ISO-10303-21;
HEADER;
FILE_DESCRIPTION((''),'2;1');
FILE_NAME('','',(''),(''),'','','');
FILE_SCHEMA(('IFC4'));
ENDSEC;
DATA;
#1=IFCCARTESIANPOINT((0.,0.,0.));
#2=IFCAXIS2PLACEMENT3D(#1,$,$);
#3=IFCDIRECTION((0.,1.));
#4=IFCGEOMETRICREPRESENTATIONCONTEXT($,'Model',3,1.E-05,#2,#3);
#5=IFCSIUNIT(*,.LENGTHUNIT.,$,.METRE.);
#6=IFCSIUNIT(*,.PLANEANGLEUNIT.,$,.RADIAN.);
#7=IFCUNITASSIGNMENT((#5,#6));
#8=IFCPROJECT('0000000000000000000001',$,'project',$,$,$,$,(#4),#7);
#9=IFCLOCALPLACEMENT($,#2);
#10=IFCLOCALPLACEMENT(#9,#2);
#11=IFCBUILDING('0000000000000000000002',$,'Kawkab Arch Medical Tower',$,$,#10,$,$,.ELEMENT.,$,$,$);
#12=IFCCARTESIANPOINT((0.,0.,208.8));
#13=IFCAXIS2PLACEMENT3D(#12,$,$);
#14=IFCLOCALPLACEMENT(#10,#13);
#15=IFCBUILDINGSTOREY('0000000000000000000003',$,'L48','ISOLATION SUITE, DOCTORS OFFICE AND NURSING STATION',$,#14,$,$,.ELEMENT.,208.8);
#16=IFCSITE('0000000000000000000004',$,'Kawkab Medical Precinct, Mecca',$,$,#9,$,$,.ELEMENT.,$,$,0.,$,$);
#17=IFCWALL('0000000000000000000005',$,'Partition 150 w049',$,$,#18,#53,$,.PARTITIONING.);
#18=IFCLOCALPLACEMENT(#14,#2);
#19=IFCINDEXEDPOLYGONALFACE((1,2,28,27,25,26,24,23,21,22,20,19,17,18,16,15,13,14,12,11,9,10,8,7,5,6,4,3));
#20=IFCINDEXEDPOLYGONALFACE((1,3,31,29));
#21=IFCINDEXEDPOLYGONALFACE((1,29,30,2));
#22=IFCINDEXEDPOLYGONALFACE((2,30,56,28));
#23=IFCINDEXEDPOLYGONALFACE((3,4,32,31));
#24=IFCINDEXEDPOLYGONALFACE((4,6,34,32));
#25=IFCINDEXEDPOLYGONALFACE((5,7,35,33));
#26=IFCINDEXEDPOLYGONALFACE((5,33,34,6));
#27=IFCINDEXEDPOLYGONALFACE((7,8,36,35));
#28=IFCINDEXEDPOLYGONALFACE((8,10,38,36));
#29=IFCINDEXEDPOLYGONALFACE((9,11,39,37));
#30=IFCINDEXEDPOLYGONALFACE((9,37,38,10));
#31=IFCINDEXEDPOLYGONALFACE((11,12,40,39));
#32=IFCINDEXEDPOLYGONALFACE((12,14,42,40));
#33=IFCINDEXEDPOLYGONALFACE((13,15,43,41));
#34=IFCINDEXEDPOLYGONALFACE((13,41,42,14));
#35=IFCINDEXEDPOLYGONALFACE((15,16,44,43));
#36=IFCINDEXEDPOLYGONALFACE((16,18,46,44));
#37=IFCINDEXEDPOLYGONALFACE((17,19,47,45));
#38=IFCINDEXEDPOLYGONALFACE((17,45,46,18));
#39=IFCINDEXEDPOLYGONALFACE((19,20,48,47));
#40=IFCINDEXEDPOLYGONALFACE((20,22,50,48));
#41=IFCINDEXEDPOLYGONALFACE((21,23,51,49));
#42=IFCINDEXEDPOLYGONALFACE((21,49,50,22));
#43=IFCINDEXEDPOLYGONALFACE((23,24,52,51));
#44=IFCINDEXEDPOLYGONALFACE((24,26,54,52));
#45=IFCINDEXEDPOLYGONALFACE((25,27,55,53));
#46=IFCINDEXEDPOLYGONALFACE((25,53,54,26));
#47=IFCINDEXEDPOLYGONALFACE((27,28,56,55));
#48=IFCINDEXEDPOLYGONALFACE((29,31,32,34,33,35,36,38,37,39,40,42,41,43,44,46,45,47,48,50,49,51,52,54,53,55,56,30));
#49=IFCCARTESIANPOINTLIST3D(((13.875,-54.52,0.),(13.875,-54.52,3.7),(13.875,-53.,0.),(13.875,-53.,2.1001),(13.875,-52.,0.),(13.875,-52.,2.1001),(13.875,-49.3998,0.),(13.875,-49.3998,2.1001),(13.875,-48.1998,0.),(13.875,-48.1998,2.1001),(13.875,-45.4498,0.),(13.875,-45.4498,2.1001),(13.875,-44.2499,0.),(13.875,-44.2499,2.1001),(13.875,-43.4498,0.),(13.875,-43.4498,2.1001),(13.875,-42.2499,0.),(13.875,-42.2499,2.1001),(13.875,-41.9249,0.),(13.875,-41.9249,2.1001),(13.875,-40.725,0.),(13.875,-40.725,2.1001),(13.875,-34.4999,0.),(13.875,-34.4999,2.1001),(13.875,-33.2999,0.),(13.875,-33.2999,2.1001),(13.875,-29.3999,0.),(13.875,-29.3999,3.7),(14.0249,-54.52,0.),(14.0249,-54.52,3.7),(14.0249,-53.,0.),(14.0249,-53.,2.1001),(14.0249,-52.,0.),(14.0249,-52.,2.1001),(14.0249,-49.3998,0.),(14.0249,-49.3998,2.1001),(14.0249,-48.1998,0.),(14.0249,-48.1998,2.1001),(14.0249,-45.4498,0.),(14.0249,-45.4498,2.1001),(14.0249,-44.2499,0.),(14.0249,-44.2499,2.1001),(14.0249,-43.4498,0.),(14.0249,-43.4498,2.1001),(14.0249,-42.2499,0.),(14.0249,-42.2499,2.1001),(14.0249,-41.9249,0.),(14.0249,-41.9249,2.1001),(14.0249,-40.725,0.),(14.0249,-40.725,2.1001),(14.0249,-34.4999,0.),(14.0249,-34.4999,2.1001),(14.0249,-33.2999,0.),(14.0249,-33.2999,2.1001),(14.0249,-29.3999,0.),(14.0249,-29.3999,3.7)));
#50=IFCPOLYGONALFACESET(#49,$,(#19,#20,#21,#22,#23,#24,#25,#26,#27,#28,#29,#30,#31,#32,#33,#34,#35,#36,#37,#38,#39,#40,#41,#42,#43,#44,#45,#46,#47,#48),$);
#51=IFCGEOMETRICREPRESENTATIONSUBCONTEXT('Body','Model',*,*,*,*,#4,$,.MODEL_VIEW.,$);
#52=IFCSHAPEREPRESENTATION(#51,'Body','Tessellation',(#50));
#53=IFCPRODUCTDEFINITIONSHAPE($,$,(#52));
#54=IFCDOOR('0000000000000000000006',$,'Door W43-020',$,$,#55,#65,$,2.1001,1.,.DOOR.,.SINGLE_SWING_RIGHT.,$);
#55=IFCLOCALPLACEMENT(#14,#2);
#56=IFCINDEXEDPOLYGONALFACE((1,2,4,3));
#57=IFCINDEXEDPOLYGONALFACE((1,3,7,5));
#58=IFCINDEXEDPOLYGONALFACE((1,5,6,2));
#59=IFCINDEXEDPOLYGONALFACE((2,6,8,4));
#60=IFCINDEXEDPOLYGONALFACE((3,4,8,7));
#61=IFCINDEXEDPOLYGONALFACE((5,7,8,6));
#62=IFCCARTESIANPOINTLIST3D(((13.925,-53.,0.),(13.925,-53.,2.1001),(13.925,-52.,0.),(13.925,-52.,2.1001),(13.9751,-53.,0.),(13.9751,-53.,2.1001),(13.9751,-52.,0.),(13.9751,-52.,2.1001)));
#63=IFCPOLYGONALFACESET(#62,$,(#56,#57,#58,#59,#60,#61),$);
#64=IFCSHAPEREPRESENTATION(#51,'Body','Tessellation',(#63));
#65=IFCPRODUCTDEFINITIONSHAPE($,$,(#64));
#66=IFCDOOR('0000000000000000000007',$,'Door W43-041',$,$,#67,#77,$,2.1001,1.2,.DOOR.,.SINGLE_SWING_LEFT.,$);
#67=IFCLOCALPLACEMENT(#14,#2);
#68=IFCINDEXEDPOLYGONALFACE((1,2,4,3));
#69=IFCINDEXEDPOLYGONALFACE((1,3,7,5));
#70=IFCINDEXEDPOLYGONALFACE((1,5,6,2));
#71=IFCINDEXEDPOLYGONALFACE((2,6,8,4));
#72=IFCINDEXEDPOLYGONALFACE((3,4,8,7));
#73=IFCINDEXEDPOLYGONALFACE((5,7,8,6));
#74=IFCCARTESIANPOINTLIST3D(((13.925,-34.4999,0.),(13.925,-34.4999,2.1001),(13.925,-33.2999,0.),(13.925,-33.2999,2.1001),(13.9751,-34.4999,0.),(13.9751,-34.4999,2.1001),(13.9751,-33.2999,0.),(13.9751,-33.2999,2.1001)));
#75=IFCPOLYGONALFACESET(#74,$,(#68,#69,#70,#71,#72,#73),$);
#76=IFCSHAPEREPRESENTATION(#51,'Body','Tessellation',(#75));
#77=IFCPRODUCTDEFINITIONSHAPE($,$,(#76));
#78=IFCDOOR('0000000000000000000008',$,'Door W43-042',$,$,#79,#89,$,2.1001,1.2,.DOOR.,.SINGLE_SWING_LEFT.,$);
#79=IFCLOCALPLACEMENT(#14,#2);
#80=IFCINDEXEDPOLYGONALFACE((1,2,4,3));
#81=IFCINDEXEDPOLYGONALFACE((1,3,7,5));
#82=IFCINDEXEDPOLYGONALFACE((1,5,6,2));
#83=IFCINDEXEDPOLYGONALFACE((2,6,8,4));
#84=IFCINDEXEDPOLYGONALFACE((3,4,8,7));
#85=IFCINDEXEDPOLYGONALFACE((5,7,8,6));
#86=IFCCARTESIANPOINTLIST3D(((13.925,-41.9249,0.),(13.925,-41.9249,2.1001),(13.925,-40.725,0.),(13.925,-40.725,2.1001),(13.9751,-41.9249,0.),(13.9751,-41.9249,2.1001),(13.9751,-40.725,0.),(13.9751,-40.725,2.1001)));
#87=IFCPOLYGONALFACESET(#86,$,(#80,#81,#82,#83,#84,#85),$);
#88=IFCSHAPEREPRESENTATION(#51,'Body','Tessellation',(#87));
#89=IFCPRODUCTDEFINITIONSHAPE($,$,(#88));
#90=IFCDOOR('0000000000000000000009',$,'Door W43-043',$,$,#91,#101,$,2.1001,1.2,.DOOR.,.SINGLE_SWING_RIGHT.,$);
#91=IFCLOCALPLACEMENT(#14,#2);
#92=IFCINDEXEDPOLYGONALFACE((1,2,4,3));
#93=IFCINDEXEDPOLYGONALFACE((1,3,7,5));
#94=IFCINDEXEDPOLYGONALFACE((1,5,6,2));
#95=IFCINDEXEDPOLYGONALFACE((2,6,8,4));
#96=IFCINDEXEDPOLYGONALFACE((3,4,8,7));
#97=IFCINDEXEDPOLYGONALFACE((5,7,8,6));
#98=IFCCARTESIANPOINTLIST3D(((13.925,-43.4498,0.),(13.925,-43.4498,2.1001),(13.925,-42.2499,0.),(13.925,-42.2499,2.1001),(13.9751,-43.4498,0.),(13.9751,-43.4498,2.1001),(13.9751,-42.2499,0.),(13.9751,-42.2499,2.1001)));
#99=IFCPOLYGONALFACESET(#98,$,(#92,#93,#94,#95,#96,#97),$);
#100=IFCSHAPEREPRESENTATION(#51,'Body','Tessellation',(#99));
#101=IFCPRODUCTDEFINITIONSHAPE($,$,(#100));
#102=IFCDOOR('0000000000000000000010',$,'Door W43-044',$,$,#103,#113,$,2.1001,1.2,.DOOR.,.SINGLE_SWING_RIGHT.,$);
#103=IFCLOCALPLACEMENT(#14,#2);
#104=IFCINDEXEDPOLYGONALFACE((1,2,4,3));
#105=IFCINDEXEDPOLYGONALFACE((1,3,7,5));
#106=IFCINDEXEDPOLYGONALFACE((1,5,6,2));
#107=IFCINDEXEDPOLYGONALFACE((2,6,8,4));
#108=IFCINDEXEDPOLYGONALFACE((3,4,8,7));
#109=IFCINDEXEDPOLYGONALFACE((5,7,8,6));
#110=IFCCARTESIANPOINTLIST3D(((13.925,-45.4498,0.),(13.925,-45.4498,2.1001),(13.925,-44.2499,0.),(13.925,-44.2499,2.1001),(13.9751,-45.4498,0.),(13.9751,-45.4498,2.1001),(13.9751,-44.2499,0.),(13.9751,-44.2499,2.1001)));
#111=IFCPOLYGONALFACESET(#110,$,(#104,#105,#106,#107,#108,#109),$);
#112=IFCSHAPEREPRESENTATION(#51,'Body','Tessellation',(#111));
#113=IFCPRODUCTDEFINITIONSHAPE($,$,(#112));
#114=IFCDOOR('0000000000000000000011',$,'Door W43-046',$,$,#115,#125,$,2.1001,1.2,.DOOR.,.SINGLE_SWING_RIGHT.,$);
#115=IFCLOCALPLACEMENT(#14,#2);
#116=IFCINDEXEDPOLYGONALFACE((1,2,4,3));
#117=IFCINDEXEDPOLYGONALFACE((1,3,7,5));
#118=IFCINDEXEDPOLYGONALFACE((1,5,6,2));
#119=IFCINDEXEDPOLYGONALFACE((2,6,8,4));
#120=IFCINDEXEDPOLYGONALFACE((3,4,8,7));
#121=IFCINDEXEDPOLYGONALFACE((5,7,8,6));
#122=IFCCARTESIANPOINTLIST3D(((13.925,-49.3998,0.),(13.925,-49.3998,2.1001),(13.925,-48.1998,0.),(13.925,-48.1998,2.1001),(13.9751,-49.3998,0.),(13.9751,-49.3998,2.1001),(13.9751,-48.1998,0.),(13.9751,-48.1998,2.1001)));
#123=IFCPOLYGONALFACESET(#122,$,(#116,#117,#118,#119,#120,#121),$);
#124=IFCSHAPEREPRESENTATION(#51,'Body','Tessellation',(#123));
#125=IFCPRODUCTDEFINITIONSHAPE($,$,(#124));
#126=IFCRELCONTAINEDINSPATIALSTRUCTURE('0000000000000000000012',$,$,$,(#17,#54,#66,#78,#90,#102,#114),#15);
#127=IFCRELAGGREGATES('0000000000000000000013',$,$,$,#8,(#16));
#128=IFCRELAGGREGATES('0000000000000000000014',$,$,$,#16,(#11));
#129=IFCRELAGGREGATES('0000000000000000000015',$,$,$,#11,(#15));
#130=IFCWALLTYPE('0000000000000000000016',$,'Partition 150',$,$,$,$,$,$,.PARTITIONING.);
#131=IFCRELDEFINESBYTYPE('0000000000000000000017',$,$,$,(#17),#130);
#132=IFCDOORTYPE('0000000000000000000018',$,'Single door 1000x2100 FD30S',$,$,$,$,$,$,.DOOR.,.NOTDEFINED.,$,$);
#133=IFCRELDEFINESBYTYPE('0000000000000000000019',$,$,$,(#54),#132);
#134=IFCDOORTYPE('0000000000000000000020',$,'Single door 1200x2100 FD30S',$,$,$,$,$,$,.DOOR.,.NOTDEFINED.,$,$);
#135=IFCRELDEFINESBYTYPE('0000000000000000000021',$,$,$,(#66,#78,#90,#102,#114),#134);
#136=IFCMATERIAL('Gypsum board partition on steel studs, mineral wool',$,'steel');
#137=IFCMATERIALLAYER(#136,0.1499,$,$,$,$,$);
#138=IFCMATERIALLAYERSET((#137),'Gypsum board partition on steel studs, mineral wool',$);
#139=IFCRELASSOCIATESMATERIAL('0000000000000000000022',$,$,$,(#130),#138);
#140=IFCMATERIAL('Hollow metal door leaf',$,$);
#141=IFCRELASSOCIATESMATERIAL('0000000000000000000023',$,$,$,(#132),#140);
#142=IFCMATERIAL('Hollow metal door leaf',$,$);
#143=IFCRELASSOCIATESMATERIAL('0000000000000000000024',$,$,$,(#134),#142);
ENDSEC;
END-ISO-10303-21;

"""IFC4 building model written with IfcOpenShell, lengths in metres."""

from ifc_helpers import new_model, si_unit, direction, frame, frame_2d, origin, place, context, subcontext, project, spatial, rectangle, extrude, material, layer, layer_set, type_object, element, fill, save


model = new_model("IFC4")

# Units and contexts
model_context = context("Model", 3, precision=1e-05, world=origin(), true_north=direction((0.0, 1.0)))
body_context = subcontext(model_context, "Body", "Model", "MODEL_VIEW")
ifc_project = project(units=[si_unit("LENGTHUNIT", "METRE"), si_unit("PLANEANGLEUNIT", "RADIAN")], contexts=[model_context])

# Site, building, storey
site_placement = place(None, origin())
site = spatial("IfcSite", under=ifc_project, at=site_placement, Name="Kawkab Medical Precinct, Mecca", CompositionType="ELEMENT", RefElevation=0.0)
building_placement = place(site_placement, origin())
building = spatial("IfcBuilding", under=site, at=building_placement, Name="Kawkab Arch Medical Tower", CompositionType="ELEMENT")
storey_placement = place(building_placement, frame((0.0, 0.0, 208.8)))
storey = spatial("IfcBuildingStorey", under=building, at=storey_placement, Name="L48", Description="ISOLATION SUITE, DOCTORS OFFICE AND NURSING STATION", CompositionType="ELEMENT", Elevation=208.8)

# Shared definitions
ifc_material_1 = material(Name="Gypsum board partition on steel studs, mineral wool", Category="steel")
ifc_layer_1 = layer(ifc_material_1, 0.1499)
ifc_layer_set_1 = layer_set([ifc_layer_1], Name="Gypsum board partition on steel studs, mineral wool")
wall_type_1 = type_object("IfcWallType", Name="Partition 150", PredefinedType="PARTITIONING", material=ifc_layer_set_1)

# Wall, openings, doors
wall_1_placement = place(storey_placement, frame((13.95, -54.52, 0.0), z_axis=(0.0, 0.0, 1.0), x_axis=(0.0, 1.0, 0.0)))
wall_1 = element("IfcWall", 1, at=wall_1_placement, inside=storey, type_object=wall_type_1, Name="Partition 150 w049", PredefinedType="PARTITIONING", context=body_context, shape_type="SweptSolid", body=[
    extrude(rectangle(XDim=25.1201, YDim=0.1499, at=frame_2d((12.5601, 0.0))), origin(), (0.0, 0.0, 1.0), 3.7),
])
opening_1_placement = place(wall_1_placement, frame((20.02, 0.0, 0.0)))
opening_1 = element("IfcOpeningElement", 2, at=opening_1_placement, cuts=wall_1, PredefinedType="OPENING", context=body_context, shape_type="SweptSolid", body=[
    extrude(rectangle(XDim=1.2, YDim=2.1001, at=frame_2d((0.6001, 1.05))), frame((0.0, 0.085, 0.0), z_axis=(0.0, -1.0, 0.0), x_axis=(1.0, 0.0, 0.0)), (0.0, 0.0, 1.0), 0.1699),
])
opening_2_placement = place(wall_1_placement, frame((12.595, 0.0, 0.0)))
opening_2 = element("IfcOpeningElement", 3, at=opening_2_placement, cuts=wall_1, PredefinedType="OPENING", context=body_context, shape_type="SweptSolid", body=[
    extrude(rectangle(XDim=1.2, YDim=2.1001, at=frame_2d((0.6001, 1.05))), frame((0.0, 0.085, 0.0), z_axis=(0.0, -1.0, 0.0), x_axis=(1.0, 0.0, 0.0)), (0.0, 0.0, 1.0), 0.1699),
])
opening_3_placement = place(wall_1_placement, frame((11.0701, 0.0, 0.0)))
opening_3 = element("IfcOpeningElement", 4, at=opening_3_placement, cuts=wall_1, PredefinedType="OPENING", context=body_context, shape_type="SweptSolid", body=[
    extrude(rectangle(XDim=1.2, YDim=2.1001, at=frame_2d((0.6001, 1.05))), frame((0.0, 0.085, 0.0), z_axis=(0.0, -1.0, 0.0), x_axis=(1.0, 0.0, 0.0)), (0.0, 0.0, 1.0), 0.1699),
])
opening_4_placement = place(wall_1_placement, frame((9.0701, 0.0, 0.0)))
opening_4 = element("IfcOpeningElement", 5, at=opening_4_placement, cuts=wall_1, PredefinedType="OPENING", context=body_context, shape_type="SweptSolid", body=[
    extrude(rectangle(XDim=1.2, YDim=2.1001, at=frame_2d((0.6001, 1.05))), frame((0.0, 0.085, 0.0), z_axis=(0.0, -1.0, 0.0), x_axis=(1.0, 0.0, 0.0)), (0.0, 0.0, 1.0), 0.1699),
])
opening_5_placement = place(wall_1_placement, frame((5.1201, 0.0, 0.0)))
opening_5 = element("IfcOpeningElement", 6, at=opening_5_placement, cuts=wall_1, PredefinedType="OPENING", context=body_context, shape_type="SweptSolid", body=[
    extrude(rectangle(XDim=1.2, YDim=2.1001, at=frame_2d((0.6001, 1.05))), frame((0.0, 0.085, 0.0), z_axis=(0.0, -1.0, 0.0), x_axis=(1.0, 0.0, 0.0)), (0.0, 0.0, 1.0), 0.1699),
])
opening_6_placement = place(wall_1_placement, frame((1.52, 0.0, 0.0)))
opening_6 = element("IfcOpeningElement", 7, at=opening_6_placement, cuts=wall_1, PredefinedType="OPENING", context=body_context, shape_type="SweptSolid", body=[
    extrude(rectangle(XDim=1.0, YDim=2.1001, at=frame_2d((0.5, 1.05))), frame((0.0, 0.085, 0.0), z_axis=(0.0, -1.0, 0.0), x_axis=(1.0, 0.0, 0.0)), (0.0, 0.0, 1.0), 0.1699),
])
ifc_material_2 = material(Name="Hollow metal door leaf")
door_type_1 = type_object("IfcDoorType", Name="Single door 1000x2100 FD30S", OperationType="NOTDEFINED", PredefinedType="DOOR", material=ifc_material_2)
door_1_placement = place(opening_6_placement, origin())
door_1 = element("IfcDoor", 8, at=door_1_placement, inside=storey, type_object=door_type_1, Name="Door W43-020", OperationType="SINGLE_SWING_RIGHT", OverallHeight=2.1001, OverallWidth=1.0, PredefinedType="DOOR", context=body_context, shape_type="SweptSolid", body=[
    extrude(rectangle(XDim=1.0, YDim=2.1001, at=frame_2d((0.5, 1.05))), frame((0.0, 0.0249, 0.0), z_axis=(0.0, -1.0, 0.0), x_axis=(1.0, 0.0, 0.0)), (0.0, 0.0, 1.0), 0.05),
])
fill(opening_6, door_1)
ifc_material_3 = material(Name="Hollow metal door leaf")
door_type_2 = type_object("IfcDoorType", Name="Single door 1200x2100 FD30S", OperationType="NOTDEFINED", PredefinedType="DOOR", material=ifc_material_3)
door_2_placement = place(opening_1_placement, origin())
door_2 = element("IfcDoor", 9, at=door_2_placement, inside=storey, type_object=door_type_2, Name="Door W43-041", OperationType="SINGLE_SWING_LEFT", OverallHeight=2.1001, OverallWidth=1.2, PredefinedType="DOOR", context=body_context, shape_type="SweptSolid", body=[
    extrude(rectangle(XDim=1.2, YDim=2.1001, at=frame_2d((0.6001, 1.05))), frame((0.0, 0.0249, 0.0), z_axis=(0.0, -1.0, 0.0), x_axis=(1.0, 0.0, 0.0)), (0.0, 0.0, 1.0), 0.05),
])
fill(opening_1, door_2)
door_3_placement = place(opening_2_placement, origin())
door_3 = element("IfcDoor", 10, at=door_3_placement, inside=storey, type_object=door_type_2, Name="Door W43-042", OperationType="SINGLE_SWING_LEFT", OverallHeight=2.1001, OverallWidth=1.2, PredefinedType="DOOR", context=body_context, shape_type="SweptSolid", body=[
    extrude(rectangle(XDim=1.2, YDim=2.1001, at=frame_2d((0.6001, 1.05))), frame((0.0, 0.0249, 0.0), z_axis=(0.0, -1.0, 0.0), x_axis=(1.0, 0.0, 0.0)), (0.0, 0.0, 1.0), 0.05),
])
fill(opening_2, door_3)
door_4_placement = place(opening_3_placement, origin())
door_4 = element("IfcDoor", 11, at=door_4_placement, inside=storey, type_object=door_type_2, Name="Door W43-043", OperationType="SINGLE_SWING_RIGHT", OverallHeight=2.1001, OverallWidth=1.2, PredefinedType="DOOR", context=body_context, shape_type="SweptSolid", body=[
    extrude(rectangle(XDim=1.2, YDim=2.1001, at=frame_2d((0.6001, 1.05))), frame((0.0, 0.0249, 0.0), z_axis=(0.0, -1.0, 0.0), x_axis=(1.0, 0.0, 0.0)), (0.0, 0.0, 1.0), 0.05),
])
fill(opening_3, door_4)
door_5_placement = place(opening_4_placement, origin())
door_5 = element("IfcDoor", 12, at=door_5_placement, inside=storey, type_object=door_type_2, Name="Door W43-044", OperationType="SINGLE_SWING_RIGHT", OverallHeight=2.1001, OverallWidth=1.2, PredefinedType="DOOR", context=body_context, shape_type="SweptSolid", body=[
    extrude(rectangle(XDim=1.2, YDim=2.1001, at=frame_2d((0.6001, 1.05))), frame((0.0, 0.0249, 0.0), z_axis=(0.0, -1.0, 0.0), x_axis=(1.0, 0.0, 0.0)), (0.0, 0.0, 1.0), 0.05),
])
fill(opening_4, door_5)
door_6_placement = place(opening_5_placement, origin())
door_6 = element("IfcDoor", 13, at=door_6_placement, inside=storey, type_object=door_type_2, Name="Door W43-046", OperationType="SINGLE_SWING_RIGHT", OverallHeight=2.1001, OverallWidth=1.2, PredefinedType="DOOR", context=body_context, shape_type="SweptSolid", body=[
    extrude(rectangle(XDim=1.2, YDim=2.1001, at=frame_2d((0.6001, 1.05))), frame((0.0, 0.0249, 0.0), z_axis=(0.0, -1.0, 0.0), x_axis=(1.0, 0.0, 0.0)), (0.0, 0.0, 1.0), 0.05),
])
fill(opening_5, door_6)

save(model, "model.ifc")
